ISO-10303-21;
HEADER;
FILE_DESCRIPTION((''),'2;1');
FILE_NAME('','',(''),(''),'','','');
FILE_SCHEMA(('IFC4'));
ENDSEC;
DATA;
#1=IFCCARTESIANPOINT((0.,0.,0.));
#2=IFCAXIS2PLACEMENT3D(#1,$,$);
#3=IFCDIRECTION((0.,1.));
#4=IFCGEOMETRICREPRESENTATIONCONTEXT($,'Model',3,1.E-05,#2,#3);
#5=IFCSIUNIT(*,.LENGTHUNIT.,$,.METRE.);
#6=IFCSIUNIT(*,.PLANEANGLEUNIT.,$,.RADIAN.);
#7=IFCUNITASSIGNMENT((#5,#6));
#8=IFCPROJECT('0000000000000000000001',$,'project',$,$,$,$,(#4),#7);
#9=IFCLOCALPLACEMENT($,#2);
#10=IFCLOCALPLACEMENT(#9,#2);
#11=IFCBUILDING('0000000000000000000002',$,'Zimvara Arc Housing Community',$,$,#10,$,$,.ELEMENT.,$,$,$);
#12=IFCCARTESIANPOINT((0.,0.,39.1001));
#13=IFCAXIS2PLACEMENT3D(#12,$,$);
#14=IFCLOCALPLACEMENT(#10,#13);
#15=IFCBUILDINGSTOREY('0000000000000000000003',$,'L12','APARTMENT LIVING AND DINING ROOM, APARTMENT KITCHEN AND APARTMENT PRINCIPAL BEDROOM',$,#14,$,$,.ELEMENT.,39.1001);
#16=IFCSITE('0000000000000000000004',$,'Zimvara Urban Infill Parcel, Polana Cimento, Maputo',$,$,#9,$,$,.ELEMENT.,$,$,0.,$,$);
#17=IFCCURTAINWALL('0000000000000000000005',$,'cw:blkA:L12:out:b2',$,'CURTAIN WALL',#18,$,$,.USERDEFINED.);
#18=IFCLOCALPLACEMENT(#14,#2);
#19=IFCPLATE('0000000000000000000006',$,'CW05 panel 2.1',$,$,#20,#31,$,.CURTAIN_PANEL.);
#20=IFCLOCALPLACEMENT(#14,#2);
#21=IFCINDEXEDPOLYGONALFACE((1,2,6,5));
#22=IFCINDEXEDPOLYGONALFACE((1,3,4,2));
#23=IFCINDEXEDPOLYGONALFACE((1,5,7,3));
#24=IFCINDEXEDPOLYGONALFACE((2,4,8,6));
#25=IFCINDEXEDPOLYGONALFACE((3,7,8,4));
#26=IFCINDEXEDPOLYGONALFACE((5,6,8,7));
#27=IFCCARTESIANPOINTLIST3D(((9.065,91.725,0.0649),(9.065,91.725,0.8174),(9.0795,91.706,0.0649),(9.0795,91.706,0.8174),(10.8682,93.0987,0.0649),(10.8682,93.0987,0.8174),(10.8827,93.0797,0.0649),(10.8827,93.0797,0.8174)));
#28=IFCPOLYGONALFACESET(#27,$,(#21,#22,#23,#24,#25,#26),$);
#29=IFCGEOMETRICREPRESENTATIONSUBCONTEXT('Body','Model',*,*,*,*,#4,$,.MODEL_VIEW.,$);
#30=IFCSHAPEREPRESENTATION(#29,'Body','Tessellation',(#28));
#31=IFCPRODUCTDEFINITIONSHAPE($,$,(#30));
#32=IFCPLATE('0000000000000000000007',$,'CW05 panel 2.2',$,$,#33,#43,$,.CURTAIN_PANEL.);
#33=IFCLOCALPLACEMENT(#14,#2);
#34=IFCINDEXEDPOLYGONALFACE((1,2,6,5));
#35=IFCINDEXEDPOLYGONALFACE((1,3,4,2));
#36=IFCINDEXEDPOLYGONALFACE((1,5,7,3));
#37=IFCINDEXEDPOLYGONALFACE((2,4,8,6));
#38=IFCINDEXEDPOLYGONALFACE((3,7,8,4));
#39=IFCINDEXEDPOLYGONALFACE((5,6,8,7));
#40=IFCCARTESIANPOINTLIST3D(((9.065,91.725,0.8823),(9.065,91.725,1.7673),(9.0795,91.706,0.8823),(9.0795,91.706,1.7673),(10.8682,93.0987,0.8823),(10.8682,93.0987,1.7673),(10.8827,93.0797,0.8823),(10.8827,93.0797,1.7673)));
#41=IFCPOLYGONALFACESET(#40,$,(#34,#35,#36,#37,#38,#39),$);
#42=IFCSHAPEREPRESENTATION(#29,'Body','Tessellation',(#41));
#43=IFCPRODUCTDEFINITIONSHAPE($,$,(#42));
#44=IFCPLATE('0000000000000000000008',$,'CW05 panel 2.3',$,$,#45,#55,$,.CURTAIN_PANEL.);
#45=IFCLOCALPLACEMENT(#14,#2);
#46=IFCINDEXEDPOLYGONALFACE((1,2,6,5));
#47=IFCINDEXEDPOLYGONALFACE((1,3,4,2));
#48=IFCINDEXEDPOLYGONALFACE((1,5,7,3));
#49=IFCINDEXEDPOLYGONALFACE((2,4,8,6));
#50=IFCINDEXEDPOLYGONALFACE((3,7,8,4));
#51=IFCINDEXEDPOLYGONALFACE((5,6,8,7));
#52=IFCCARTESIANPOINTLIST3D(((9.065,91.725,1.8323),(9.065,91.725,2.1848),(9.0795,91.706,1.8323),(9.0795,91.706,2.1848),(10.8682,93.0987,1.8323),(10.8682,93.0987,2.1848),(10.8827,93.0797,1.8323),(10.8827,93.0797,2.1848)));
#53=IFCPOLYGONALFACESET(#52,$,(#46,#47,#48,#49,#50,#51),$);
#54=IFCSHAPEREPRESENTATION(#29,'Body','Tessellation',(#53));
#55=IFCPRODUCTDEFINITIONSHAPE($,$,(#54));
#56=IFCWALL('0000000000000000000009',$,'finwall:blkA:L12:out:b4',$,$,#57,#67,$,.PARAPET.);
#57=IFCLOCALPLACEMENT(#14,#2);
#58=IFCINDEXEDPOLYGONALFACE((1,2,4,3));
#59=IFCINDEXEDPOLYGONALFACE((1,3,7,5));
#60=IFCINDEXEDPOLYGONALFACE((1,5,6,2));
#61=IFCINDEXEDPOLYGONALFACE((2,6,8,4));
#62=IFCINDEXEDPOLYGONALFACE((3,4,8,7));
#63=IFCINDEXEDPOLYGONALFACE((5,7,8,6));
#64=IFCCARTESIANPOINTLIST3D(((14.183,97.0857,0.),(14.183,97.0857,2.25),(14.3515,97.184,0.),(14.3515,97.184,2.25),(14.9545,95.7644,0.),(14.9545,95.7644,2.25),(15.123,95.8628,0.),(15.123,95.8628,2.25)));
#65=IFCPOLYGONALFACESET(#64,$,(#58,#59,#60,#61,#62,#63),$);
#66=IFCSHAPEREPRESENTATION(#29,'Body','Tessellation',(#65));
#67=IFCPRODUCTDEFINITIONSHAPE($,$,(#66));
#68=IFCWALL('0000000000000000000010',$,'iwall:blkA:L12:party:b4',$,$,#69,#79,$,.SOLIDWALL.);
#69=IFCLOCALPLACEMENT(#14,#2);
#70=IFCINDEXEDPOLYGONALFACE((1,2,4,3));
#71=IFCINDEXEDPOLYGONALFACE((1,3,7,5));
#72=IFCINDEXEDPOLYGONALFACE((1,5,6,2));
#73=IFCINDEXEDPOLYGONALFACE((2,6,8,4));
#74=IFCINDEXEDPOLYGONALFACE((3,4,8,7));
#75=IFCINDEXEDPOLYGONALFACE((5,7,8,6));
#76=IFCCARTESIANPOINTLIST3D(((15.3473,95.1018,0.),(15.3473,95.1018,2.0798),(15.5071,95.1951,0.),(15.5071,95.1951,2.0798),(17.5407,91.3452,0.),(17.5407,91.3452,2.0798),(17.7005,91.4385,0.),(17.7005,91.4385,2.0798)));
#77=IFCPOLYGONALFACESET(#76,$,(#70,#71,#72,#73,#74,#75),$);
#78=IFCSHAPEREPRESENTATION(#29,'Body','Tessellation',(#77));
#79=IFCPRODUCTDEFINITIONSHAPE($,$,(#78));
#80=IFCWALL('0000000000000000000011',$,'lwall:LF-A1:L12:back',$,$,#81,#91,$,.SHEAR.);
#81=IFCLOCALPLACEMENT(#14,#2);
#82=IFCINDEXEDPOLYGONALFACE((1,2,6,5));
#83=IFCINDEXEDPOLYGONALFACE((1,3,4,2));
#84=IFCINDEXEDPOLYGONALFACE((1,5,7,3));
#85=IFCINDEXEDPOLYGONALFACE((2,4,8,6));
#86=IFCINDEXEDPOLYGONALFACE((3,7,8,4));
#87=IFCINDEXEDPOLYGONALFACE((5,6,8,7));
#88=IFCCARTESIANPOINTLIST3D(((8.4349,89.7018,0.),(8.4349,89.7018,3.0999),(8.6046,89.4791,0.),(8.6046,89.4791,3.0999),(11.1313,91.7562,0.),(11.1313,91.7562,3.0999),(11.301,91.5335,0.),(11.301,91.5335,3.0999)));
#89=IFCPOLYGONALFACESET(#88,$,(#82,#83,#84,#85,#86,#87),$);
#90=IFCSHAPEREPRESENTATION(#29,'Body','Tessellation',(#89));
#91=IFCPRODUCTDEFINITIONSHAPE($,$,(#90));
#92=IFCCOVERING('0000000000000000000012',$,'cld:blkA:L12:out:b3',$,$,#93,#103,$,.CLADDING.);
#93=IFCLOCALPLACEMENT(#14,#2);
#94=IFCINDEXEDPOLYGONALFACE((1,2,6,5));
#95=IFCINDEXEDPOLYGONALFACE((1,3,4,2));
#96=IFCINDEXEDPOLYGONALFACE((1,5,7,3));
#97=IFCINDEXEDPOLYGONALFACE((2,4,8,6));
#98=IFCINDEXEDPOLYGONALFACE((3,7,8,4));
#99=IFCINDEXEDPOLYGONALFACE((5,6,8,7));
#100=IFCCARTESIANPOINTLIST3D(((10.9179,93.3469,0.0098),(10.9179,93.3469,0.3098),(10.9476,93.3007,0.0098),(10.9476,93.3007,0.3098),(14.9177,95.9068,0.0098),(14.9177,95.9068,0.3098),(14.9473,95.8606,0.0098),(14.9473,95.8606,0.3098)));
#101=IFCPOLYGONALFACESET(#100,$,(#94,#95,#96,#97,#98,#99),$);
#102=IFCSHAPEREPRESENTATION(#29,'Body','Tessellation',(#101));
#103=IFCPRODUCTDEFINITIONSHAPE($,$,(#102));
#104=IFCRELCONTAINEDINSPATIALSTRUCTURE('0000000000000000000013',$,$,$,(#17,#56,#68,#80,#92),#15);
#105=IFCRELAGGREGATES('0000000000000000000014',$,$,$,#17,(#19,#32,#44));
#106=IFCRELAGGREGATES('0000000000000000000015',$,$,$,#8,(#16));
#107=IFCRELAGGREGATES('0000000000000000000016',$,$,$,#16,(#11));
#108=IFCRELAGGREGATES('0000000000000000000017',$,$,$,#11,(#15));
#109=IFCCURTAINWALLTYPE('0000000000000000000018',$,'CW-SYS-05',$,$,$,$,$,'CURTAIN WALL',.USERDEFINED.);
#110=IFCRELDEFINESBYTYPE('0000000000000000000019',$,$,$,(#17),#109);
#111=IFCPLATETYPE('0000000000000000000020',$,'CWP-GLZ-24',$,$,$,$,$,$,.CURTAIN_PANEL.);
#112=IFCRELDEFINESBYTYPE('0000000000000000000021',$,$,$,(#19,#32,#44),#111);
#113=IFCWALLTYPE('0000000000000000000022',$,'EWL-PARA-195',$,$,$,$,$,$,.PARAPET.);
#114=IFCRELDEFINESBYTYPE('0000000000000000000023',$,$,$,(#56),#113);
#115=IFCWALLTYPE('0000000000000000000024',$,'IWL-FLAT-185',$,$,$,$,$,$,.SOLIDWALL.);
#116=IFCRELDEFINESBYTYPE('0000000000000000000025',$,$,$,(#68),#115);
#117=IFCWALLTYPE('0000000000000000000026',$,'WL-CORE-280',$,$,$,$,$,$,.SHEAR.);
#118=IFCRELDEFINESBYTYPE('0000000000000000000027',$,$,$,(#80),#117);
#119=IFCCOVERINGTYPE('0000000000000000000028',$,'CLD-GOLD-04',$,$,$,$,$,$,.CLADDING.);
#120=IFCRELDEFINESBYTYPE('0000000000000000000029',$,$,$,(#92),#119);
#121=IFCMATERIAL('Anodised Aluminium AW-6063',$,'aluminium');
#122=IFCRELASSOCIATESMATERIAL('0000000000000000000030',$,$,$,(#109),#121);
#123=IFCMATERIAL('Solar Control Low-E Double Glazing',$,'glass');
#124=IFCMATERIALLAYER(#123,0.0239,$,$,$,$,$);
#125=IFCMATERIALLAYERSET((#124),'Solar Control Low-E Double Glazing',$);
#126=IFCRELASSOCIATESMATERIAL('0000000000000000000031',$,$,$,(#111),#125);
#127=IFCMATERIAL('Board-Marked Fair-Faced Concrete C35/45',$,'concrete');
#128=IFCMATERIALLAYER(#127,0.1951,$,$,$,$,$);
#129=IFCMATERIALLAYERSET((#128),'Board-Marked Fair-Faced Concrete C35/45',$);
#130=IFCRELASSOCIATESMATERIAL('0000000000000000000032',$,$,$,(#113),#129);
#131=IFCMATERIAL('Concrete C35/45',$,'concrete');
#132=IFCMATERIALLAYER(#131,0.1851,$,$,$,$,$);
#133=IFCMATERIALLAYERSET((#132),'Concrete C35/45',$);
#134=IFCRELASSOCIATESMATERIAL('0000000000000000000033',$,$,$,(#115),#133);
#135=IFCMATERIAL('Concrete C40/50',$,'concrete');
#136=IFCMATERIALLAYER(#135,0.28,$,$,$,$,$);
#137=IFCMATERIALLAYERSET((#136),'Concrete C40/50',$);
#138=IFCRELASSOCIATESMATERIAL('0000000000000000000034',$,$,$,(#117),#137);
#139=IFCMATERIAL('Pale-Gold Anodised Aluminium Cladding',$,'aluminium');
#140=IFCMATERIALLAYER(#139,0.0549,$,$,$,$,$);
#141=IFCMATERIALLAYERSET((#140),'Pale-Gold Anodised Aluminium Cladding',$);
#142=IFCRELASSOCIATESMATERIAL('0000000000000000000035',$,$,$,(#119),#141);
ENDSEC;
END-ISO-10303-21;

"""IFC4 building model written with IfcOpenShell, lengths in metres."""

from ifc_helpers import new_model, si_unit, direction, frame, frame_2d, origin, origin_2d, place, context, subcontext, project, spatial, rectangle, extrude, material, layer, layer_set, type_object, element, aggregate, save


model = new_model("IFC4")

# Units and contexts
model_context = context("Model", 3, precision=1e-05, world=origin(), true_north=direction((0.0, 1.0)))
body_context = subcontext(model_context, "Body", "Model", "MODEL_VIEW")
ifc_project = project(units=[si_unit("LENGTHUNIT", "METRE"), si_unit("PLANEANGLEUNIT", "RADIAN")], contexts=[model_context])

# Site, building, storey
site_placement = place(None, origin())
site = spatial("IfcSite", under=ifc_project, at=site_placement, Name="Zimvara Urban Infill Parcel, Polana Cimento, Maputo", CompositionType="ELEMENT", RefElevation=0.0)
building_placement = place(site_placement, origin())
building = spatial("IfcBuilding", under=site, at=building_placement, Name="Zimvara Arc Housing Community", CompositionType="ELEMENT")
storey_placement = place(building_placement, frame((0.0, 0.0, 39.1001)))
storey = spatial("IfcBuildingStorey", under=building, at=storey_placement, Name="L12", Description="APARTMENT LIVING AND DINING ROOM, APARTMENT KITCHEN AND APARTMENT PRINCIPAL BEDROOM", CompositionType="ELEMENT", Elevation=39.1001)

# Curtain wall
ifc_material_1 = material(Name="Anodised Aluminium AW-6063", Category="aluminium")
curtain_wall_type_1 = type_object("IfcCurtainWallType", Name="CW-SYS-05", ElementType="CURTAIN WALL", PredefinedType="USERDEFINED", material=ifc_material_1)
curtain_wall_1_placement = place(storey_placement, origin())
curtain_wall_1 = element("IfcCurtainWall", 1, at=curtain_wall_1_placement, inside=storey, type_object=curtain_wall_type_1, Name="cw:blkA:L12:out:b2", ObjectType="CURTAIN WALL", PredefinedType="USERDEFINED")

# Plates
ifc_material_2 = material(Name="Solar Control Low-E Double Glazing", Category="glass")
ifc_layer_1 = layer(ifc_material_2, 0.0239)
ifc_layer_set_1 = layer_set([ifc_layer_1], Name="Solar Control Low-E Double Glazing")
plate_type_1 = type_object("IfcPlateType", Name="CWP-GLZ-24", PredefinedType="CURTAIN_PANEL", material=ifc_layer_set_1)
plate_1_placement = place(storey_placement, frame((9.9739, 92.4023, 0.0649), z_axis=(0.0, 0.0, 1.0), x_axis=(0.795474, 0.605988, 0.0)))
plate_1 = element("IfcPlate", 2, at=plate_1_placement, type_object=plate_type_1, Name="CW05 panel 2.1", PredefinedType="CURTAIN_PANEL", context=body_context, shape_type="SweptSolid", body=[
    extrude(rectangle(XDim=2.2668, YDim=0.0239, at=origin_2d()), origin(), (0.0, 0.0, 1.0), 0.7524),
])
plate_2_placement = place(storey_placement, frame((9.9739, 92.4023, 0.8823), z_axis=(0.0, 0.0, 1.0), x_axis=(0.795474, 0.605988, 0.0)))
plate_2 = element("IfcPlate", 3, at=plate_2_placement, type_object=plate_type_1, Name="CW05 panel 2.2", PredefinedType="CURTAIN_PANEL", context=body_context, shape_type="SweptSolid", body=[
    extrude(rectangle(XDim=2.2668, YDim=0.0239, at=origin_2d()), origin(), (0.0, 0.0, 1.0), 0.885),
])
plate_3_placement = place(storey_placement, frame((9.9739, 92.4023, 1.8323), z_axis=(0.0, 0.0, 1.0), x_axis=(0.795474, 0.605988, 0.0)))
plate_3 = element("IfcPlate", 4, at=plate_3_placement, type_object=plate_type_1, Name="CW05 panel 2.3", PredefinedType="CURTAIN_PANEL", context=body_context, shape_type="SweptSolid", body=[
    extrude(rectangle(XDim=2.2668, YDim=0.0239, at=origin_2d()), origin(), (0.0, 0.0, 1.0), 0.3525),
])
aggregate(curtain_wall_1, [plate_1, plate_2, plate_3])

# Wall
ifc_material_3 = material(Name="Board-Marked Fair-Faced Concrete C35/45", Category="concrete")
ifc_layer_2 = layer(ifc_material_3, 0.1951)
ifc_layer_set_2 = layer_set([ifc_layer_2], Name="Board-Marked Fair-Faced Concrete C35/45")
wall_type_1 = type_object("IfcWallType", Name="EWL-PARA-195", PredefinedType="PARAPET", material=ifc_layer_set_2)
wall_1_placement = place(storey_placement, frame((15.0388, 95.8135, 0.0), z_axis=(0.0, 0.0, 1.0), x_axis=(-0.504228, 0.86357, 0.0)))
element("IfcWall", 5, at=wall_1_placement, inside=storey, type_object=wall_type_1, Name="finwall:blkA:L12:out:b4", PredefinedType="PARAPET", context=body_context, shape_type="SweptSolid", body=[
    extrude(rectangle(XDim=1.53, YDim=0.1951, at=frame_2d((0.7651, 0.0))), origin(), (0.0, 0.0, 1.0), 2.25),
])

# Walls
ifc_material_4 = material(Name="Concrete C35/45", Category="concrete")
ifc_layer_3 = layer(ifc_material_4, 0.1851)
ifc_layer_set_3 = layer_set([ifc_layer_3], Name="Concrete C35/45")
wall_type_2 = type_object("IfcWallType", Name="IWL-FLAT-185", PredefinedType="SOLIDWALL", material=ifc_layer_set_3)
wall_2_placement = place(storey_placement, frame((17.6206, 91.3918, 0.0), z_axis=(0.0, 0.0, 1.0), x_axis=(-0.504216, 0.863577, 0.0)))
element("IfcWall", 6, at=wall_2_placement, inside=storey, type_object=wall_type_2, Name="iwall:blkA:L12:party:b4", PredefinedType="SOLIDWALL", context=body_context, shape_type="SweptSolid", body=[
    extrude(rectangle(XDim=4.3501, YDim=0.1851, at=frame_2d((2.175, 0.0))), origin(), (0.0, 0.0, 1.0), 2.0798),
])
ifc_material_5 = material(Name="Concrete C40/50", Category="concrete")
ifc_layer_4 = layer(ifc_material_5, 0.28)
ifc_layer_set_4 = layer_set([ifc_layer_4], Name="Concrete C40/50")
wall_type_3 = type_object("IfcWallType", Name="WL-CORE-280", PredefinedType="SHEAR", material=ifc_layer_set_4)
wall_3_placement = place(storey_placement, frame((11.2161, 91.6448, 0.0), z_axis=(0.0, 0.0, 1.0), x_axis=(-0.79544, -0.606032, 0.0)))
element("IfcWall", 7, at=wall_3_placement, inside=storey, type_object=wall_type_3, Name="lwall:LF-A1:L12:back", PredefinedType="SHEAR", context=body_context, shape_type="SweptSolid", body=[
    extrude(rectangle(XDim=3.3899, YDim=0.28, at=frame_2d((1.6948, 0.0))), origin(), (0.0, 0.0, 1.0), 3.0999),
])

# Covering
ifc_material_6 = material(Name="Pale-Gold Anodised Aluminium Cladding", Category="aluminium")
ifc_layer_5 = layer(ifc_material_6, 0.0549)
ifc_layer_set_5 = layer_set([ifc_layer_5], Name="Pale-Gold Anodised Aluminium Cladding")
covering_type = type_object("IfcCoveringType", Name="CLD-GOLD-04", PredefinedType="CLADDING", material=ifc_layer_set_5)
covering_placement = place(storey_placement, frame((12.9326, 94.6038, 0.0098), z_axis=(0.0, 0.0, 1.0), x_axis=(0.842265, 0.539063, 0.0)))
element("IfcCovering", 8, at=covering_placement, inside=storey, type_object=covering_type, Name="cld:blkA:L12:out:b3", PredefinedType="CLADDING", context=body_context, shape_type="SweptSolid", body=[
    extrude(rectangle(XDim=4.7488, YDim=0.0549, at=origin_2d()), origin(), (0.0, 0.0, 1.0), 0.3),
])

save(model, "model.ifc")
